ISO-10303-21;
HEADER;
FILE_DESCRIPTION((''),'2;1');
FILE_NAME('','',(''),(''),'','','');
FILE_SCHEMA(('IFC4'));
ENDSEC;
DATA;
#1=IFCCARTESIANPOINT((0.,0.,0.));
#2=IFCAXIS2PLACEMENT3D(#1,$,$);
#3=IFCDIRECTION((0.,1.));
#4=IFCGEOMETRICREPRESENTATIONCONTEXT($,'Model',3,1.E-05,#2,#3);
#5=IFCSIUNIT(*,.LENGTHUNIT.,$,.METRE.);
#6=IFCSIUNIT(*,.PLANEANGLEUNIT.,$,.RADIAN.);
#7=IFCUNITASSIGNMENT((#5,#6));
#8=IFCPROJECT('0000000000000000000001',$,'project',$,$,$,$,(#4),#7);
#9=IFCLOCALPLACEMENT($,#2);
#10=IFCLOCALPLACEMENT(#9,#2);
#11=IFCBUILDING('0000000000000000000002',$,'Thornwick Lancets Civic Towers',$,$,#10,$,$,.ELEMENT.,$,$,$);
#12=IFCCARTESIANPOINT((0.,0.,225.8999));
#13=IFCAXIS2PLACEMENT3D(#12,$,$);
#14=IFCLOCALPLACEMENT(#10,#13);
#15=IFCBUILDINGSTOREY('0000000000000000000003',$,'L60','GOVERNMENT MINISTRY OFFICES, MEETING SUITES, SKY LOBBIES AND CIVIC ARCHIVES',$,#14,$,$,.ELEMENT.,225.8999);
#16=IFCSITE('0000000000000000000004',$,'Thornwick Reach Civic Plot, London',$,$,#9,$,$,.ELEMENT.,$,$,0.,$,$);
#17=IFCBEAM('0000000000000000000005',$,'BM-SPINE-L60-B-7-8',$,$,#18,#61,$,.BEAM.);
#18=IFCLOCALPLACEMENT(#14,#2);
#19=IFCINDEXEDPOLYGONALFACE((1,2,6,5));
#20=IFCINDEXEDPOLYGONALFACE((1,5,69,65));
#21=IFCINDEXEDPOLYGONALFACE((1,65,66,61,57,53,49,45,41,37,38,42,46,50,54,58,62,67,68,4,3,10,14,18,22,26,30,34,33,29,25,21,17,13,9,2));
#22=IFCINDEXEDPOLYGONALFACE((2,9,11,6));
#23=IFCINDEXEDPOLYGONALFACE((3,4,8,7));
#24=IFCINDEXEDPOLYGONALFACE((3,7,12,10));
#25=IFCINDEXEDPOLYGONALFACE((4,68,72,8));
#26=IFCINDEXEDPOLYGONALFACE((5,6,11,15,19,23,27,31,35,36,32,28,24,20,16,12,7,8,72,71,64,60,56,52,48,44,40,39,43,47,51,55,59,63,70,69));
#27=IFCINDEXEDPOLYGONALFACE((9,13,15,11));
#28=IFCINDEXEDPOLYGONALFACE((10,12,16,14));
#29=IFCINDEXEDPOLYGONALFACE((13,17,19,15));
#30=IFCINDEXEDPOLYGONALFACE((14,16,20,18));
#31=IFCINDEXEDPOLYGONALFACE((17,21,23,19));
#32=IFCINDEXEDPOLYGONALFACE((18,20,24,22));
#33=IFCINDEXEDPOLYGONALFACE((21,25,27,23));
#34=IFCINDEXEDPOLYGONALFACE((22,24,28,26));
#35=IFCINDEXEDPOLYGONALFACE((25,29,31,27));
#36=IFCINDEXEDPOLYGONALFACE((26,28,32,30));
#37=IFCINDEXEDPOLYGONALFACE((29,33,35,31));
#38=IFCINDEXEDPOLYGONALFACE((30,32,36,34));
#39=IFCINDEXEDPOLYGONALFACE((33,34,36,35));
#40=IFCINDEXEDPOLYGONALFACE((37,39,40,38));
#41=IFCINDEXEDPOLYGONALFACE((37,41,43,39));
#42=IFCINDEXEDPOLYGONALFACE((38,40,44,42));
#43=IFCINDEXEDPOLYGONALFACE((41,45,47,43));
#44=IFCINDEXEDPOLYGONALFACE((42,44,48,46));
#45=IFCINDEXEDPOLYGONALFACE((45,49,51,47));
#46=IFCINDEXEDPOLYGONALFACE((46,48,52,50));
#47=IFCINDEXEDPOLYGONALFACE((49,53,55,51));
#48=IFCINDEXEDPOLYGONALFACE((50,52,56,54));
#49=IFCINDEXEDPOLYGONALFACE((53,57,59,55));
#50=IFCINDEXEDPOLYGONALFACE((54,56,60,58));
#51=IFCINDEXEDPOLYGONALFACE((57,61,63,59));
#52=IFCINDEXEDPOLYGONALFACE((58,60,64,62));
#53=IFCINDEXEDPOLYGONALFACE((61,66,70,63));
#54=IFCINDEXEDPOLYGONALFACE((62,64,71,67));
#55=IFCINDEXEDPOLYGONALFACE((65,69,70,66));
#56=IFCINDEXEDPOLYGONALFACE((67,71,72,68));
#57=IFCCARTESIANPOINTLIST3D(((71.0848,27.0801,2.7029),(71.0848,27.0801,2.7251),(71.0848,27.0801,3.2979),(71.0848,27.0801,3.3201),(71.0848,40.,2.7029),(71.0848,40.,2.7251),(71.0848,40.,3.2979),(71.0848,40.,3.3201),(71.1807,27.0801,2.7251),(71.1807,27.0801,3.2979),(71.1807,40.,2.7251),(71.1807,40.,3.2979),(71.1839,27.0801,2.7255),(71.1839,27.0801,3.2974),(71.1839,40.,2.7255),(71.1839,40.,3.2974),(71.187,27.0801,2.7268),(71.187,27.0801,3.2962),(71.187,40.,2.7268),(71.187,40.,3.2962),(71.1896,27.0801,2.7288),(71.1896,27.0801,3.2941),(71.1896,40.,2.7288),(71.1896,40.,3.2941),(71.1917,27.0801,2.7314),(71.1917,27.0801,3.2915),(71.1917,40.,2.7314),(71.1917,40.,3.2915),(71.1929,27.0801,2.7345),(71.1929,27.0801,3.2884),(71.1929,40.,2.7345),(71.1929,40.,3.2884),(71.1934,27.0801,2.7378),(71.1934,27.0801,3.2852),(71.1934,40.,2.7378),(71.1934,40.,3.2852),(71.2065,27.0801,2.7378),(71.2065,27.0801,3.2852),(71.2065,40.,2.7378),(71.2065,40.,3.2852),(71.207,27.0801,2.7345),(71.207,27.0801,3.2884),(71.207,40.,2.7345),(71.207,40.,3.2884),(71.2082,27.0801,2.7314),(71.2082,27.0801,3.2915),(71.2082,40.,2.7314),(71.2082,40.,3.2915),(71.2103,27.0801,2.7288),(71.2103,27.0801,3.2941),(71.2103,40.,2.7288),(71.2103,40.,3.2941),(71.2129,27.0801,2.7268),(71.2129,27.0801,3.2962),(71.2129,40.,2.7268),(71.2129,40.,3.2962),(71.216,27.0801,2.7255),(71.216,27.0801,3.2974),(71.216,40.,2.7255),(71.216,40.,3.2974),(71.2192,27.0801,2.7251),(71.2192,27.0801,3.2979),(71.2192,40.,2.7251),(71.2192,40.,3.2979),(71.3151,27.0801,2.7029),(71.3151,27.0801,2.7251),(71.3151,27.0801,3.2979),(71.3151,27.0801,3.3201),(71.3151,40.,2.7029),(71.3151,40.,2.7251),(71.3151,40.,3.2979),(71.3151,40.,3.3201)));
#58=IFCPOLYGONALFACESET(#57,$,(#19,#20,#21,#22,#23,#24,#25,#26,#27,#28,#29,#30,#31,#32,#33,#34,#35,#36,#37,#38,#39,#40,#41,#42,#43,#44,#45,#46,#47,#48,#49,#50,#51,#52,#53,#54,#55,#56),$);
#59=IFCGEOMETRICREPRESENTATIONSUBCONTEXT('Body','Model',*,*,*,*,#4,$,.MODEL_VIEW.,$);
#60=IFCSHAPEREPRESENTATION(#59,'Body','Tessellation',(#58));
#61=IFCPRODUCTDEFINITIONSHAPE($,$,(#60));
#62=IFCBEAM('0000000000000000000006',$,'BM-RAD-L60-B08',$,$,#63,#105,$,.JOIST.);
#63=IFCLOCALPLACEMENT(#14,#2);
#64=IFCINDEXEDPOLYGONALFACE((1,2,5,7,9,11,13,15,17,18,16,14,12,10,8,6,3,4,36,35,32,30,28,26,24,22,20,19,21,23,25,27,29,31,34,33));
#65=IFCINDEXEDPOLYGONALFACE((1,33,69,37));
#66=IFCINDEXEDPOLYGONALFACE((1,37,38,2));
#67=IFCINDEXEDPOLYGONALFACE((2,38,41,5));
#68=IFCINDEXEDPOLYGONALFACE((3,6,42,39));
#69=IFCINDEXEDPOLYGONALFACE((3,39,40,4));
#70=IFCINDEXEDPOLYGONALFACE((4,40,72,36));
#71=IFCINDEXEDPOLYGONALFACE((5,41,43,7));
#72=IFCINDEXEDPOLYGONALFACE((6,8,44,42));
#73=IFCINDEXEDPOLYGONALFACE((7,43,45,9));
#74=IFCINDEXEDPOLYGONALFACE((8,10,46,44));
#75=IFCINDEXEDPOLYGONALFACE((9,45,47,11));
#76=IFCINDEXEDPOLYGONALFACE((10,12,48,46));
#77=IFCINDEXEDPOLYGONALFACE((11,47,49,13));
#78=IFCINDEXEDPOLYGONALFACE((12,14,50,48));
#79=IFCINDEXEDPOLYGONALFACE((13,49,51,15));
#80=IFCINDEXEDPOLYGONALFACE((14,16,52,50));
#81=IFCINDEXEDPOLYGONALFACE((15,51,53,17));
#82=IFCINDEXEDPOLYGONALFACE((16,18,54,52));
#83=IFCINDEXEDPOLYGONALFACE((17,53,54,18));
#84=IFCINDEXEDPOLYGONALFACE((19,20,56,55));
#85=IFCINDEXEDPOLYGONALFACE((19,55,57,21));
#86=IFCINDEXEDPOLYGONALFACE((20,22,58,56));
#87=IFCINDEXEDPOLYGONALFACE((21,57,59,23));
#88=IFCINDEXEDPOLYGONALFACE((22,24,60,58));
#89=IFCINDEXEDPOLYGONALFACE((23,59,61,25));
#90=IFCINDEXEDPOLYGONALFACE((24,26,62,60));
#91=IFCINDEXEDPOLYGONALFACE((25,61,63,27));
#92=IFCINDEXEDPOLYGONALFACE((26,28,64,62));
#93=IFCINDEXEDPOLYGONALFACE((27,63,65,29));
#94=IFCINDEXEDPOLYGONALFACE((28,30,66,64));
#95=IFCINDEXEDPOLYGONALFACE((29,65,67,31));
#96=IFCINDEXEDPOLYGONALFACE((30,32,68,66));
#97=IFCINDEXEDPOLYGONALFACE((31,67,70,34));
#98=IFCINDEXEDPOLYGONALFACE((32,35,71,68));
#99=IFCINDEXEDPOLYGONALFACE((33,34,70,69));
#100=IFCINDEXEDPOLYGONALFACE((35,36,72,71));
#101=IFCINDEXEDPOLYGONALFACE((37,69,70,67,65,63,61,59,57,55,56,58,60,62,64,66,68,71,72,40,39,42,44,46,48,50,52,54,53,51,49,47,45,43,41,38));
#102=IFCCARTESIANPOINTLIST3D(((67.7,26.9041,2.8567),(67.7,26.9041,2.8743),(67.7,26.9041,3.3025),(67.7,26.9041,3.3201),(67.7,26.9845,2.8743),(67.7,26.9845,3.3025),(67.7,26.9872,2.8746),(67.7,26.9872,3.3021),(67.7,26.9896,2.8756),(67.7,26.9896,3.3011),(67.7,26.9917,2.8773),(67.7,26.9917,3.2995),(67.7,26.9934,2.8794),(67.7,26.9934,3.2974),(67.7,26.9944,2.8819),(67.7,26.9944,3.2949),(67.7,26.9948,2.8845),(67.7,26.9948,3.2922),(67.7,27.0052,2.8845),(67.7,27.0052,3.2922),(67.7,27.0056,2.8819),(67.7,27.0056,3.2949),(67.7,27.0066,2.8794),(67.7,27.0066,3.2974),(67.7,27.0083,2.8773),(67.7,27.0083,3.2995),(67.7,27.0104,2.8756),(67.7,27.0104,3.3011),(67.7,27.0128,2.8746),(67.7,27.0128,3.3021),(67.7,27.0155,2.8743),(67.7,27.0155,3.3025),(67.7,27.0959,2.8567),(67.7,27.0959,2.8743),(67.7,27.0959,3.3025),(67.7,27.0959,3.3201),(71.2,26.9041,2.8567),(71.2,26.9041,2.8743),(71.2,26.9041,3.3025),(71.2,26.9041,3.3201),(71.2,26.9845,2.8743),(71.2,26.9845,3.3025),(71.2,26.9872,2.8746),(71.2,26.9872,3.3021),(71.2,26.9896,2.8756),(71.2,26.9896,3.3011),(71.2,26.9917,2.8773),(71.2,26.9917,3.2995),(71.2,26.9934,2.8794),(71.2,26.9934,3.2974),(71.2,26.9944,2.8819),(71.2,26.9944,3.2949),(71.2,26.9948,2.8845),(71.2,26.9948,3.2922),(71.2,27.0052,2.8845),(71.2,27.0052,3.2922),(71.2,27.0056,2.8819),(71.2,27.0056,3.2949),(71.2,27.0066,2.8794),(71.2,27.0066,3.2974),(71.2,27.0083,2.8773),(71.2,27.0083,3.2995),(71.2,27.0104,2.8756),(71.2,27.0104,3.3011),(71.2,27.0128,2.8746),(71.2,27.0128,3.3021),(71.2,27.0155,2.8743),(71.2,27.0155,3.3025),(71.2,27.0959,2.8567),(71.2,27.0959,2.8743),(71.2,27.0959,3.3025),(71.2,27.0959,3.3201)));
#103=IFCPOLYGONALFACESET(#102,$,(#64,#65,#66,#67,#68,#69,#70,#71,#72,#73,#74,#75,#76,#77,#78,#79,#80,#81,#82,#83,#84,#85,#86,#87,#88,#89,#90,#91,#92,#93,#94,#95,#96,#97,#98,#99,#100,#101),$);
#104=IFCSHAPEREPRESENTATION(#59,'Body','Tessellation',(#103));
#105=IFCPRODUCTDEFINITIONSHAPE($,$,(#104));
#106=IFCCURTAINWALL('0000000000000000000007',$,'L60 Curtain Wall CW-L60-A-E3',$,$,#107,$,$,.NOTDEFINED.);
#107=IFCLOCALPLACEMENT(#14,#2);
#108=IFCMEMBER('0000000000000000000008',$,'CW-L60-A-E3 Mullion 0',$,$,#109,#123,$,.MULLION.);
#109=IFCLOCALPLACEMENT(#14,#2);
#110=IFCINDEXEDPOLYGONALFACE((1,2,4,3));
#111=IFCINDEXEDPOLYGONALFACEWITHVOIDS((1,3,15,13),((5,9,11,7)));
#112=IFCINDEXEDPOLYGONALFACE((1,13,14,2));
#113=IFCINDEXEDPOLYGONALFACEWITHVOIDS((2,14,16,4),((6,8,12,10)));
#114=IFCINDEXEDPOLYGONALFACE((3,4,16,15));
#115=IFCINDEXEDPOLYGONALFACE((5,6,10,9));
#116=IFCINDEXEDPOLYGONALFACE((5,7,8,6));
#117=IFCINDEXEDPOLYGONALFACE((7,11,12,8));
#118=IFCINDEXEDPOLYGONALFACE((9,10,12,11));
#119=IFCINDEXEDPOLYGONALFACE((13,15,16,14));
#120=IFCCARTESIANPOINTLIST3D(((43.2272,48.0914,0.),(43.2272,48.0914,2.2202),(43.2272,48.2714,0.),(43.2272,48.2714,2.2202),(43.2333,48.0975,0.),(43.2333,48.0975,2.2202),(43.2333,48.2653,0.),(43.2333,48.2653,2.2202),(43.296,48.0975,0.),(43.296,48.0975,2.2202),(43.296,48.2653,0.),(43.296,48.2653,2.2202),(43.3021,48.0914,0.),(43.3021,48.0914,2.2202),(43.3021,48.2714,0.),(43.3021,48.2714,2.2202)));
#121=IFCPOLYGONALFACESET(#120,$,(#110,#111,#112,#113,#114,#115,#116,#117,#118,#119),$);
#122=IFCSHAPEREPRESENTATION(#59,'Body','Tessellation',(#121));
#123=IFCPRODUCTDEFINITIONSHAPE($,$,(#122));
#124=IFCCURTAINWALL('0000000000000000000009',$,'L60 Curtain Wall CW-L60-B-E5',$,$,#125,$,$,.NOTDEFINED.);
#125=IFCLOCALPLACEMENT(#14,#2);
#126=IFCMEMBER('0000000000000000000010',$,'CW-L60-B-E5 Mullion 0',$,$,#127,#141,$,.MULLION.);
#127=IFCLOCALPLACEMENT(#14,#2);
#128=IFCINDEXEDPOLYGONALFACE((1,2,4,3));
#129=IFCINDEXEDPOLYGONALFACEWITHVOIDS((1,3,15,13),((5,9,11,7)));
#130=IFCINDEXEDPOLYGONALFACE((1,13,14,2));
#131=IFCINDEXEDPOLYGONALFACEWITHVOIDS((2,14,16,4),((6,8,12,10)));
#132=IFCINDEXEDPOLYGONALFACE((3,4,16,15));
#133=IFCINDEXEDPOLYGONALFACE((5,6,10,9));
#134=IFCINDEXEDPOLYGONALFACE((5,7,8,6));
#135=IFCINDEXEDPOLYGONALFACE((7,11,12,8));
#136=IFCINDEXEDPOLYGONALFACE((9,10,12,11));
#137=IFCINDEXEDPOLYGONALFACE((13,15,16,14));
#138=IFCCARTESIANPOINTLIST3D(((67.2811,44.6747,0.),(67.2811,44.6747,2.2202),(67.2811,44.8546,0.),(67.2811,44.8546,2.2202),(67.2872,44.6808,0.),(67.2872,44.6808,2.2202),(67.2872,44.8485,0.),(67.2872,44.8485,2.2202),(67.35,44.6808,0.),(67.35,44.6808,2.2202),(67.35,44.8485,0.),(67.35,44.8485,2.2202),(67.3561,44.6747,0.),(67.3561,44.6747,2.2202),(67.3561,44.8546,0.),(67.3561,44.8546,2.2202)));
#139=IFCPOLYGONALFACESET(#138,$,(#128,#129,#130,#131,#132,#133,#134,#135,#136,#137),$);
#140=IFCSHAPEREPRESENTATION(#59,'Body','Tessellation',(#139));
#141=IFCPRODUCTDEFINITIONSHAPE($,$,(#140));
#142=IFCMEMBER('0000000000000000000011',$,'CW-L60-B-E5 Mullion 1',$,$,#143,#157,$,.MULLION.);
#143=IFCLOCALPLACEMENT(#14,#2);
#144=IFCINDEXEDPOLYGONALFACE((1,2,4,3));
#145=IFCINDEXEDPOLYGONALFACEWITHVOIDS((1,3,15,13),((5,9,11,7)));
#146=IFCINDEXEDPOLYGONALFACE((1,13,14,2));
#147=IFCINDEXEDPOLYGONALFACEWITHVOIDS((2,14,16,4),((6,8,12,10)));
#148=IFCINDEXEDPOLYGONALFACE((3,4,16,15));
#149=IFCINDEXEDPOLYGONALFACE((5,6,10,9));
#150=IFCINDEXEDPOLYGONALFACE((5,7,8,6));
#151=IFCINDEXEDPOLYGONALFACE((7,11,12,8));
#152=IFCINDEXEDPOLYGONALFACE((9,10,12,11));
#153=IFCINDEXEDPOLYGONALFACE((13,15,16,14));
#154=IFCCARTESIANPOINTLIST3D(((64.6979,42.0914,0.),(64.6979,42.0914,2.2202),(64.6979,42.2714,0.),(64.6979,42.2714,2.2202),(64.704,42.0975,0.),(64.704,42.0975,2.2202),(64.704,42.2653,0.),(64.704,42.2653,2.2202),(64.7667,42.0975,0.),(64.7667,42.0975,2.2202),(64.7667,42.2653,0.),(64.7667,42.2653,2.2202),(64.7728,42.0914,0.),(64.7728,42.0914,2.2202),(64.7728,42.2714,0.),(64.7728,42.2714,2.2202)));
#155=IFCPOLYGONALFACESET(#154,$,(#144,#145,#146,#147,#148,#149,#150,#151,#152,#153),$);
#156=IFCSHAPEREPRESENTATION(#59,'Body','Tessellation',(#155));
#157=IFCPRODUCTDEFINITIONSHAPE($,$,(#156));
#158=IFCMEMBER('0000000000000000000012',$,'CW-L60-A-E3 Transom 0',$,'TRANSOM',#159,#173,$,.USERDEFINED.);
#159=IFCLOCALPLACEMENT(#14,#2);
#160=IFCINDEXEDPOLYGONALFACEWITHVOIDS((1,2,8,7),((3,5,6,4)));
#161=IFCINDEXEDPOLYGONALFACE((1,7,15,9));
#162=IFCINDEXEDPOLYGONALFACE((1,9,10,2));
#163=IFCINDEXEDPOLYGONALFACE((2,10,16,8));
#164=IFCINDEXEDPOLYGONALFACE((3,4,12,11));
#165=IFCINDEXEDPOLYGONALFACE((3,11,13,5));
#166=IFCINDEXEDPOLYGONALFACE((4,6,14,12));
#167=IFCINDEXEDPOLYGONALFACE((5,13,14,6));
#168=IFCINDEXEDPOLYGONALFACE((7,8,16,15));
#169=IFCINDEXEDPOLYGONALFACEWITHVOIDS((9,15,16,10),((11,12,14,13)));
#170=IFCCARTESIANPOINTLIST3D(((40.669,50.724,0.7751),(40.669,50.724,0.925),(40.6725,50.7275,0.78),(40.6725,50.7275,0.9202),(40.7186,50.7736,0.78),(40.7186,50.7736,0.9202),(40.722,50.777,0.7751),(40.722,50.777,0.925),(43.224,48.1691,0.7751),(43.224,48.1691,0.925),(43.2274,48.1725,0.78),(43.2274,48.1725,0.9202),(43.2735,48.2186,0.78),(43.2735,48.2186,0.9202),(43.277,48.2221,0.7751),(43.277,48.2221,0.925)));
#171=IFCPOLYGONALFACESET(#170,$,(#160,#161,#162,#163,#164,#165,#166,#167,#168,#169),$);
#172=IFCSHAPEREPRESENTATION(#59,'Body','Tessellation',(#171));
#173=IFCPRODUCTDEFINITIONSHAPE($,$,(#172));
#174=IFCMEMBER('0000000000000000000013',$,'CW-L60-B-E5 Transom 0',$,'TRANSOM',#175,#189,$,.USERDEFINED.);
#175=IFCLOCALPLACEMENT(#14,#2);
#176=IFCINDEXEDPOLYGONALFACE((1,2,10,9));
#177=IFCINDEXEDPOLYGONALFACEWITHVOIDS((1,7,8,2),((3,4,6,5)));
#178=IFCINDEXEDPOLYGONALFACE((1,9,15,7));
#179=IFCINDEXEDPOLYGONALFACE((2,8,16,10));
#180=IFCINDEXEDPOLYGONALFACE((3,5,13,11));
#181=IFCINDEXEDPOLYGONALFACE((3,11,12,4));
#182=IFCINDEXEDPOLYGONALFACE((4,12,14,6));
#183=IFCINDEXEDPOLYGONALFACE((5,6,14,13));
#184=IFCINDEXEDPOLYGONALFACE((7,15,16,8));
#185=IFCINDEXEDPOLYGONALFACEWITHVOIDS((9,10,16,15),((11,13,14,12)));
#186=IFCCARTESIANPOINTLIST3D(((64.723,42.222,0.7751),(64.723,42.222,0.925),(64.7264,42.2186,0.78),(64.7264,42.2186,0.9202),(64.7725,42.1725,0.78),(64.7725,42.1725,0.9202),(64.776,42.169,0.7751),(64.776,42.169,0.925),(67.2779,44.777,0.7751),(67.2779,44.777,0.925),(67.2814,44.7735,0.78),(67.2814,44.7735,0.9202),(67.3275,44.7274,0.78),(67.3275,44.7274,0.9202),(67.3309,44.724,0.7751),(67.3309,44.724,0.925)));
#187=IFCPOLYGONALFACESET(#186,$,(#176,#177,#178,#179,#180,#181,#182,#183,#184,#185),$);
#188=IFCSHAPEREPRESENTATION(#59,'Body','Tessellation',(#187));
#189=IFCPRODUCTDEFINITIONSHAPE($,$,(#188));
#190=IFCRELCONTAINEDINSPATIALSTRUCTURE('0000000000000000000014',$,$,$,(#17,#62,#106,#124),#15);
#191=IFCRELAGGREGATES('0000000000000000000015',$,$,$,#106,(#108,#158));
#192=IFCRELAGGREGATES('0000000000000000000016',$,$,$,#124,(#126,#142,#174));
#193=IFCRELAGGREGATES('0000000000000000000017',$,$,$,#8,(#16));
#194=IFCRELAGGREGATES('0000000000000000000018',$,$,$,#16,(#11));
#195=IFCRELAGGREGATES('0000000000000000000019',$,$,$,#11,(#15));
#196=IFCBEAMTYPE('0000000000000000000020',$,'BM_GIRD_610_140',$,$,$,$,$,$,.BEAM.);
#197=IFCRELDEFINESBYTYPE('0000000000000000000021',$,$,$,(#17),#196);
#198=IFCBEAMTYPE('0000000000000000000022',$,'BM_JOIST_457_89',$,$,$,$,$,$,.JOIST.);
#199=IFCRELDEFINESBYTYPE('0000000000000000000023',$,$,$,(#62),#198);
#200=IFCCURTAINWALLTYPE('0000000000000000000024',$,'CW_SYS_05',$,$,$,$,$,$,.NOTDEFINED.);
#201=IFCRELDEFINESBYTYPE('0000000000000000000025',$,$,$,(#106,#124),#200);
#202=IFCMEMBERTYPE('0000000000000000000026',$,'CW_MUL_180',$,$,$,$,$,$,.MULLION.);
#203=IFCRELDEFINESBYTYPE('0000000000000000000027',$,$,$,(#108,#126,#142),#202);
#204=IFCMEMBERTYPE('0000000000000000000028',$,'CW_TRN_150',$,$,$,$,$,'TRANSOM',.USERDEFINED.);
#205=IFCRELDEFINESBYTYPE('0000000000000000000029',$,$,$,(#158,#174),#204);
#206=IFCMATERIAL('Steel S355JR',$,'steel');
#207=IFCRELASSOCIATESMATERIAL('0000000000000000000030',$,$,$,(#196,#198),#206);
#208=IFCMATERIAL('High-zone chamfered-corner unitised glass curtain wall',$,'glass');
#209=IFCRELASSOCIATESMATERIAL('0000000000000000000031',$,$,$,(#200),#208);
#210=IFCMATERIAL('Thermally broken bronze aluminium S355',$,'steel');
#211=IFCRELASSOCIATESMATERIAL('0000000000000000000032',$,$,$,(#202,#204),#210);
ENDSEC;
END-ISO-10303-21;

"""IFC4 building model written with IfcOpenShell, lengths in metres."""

from ifc_helpers import new_model, si_unit, direction, frame, origin, origin_2d, place, context, subcontext, project, spatial, hollow_rectangle, i_section, extrude, material, material_profile, profile_set, type_object, element, aggregate, save


model = new_model("IFC4")

# Units and contexts
model_context = context("Model", 3, precision=1e-05, world=origin(), true_north=direction((0.0, 1.0)))
body_context = subcontext(model_context, "Body", "Model", "MODEL_VIEW")
ifc_project = project(units=[si_unit("LENGTHUNIT", "METRE"), si_unit("PLANEANGLEUNIT", "RADIAN")], contexts=[model_context])

# Site, building, storey
site_placement = place(None, origin())
site = spatial("IfcSite", under=ifc_project, at=site_placement, Name="Thornwick Reach Civic Plot, London", CompositionType="ELEMENT", RefElevation=0.0)
building_placement = place(site_placement, origin())
building = spatial("IfcBuilding", under=site, at=building_placement, Name="Thornwick Lancets Civic Towers", CompositionType="ELEMENT")
storey_placement = place(building_placement, frame((0.0, 0.0, 225.8999)))
storey = spatial("IfcBuildingStorey", under=building, at=storey_placement, Name="L60", Description="GOVERNMENT MINISTRY OFFICES, MEETING SUITES, SKY LOBBIES AND CIVIC ARCHIVES", CompositionType="ELEMENT", Elevation=225.8999)

# Shared definitions
ifc_material_1 = material(Name="Steel S355JR", Category="steel")

# Beams
ifc_material_profile_1 = material_profile(ifc_material_1, i_section(OverallWidth=0.2302, OverallDepth=0.6172, WebThickness=0.0132, FlangeThickness=0.0222, FilletRadius=0.0127, at=origin_2d()), Name="UKB 610x229x140")
ifc_profile_set_1 = profile_set([ifc_material_profile_1], Name="Steel S355JR")
beam_type_1 = type_object("IfcBeamType", Name="BM_GIRD_610_140", PredefinedType="BEAM", material=ifc_profile_set_1)
beam_1_placement = place(storey_placement, frame((71.2, 27.0801, 3.0115), z_axis=(0.0, 1.0, 0.0), x_axis=(-1.0, 0.0, 0.0)))
element("IfcBeam", 1, at=beam_1_placement, inside=storey, type_object=beam_type_1, Name="BM-SPINE-L60-B-7-8", PredefinedType="BEAM", context=body_context, shape_type="SweptSolid", body=[
    extrude(i_section(OverallWidth=0.2302, OverallDepth=0.6172, WebThickness=0.0132, FlangeThickness=0.0222, FilletRadius=0.0127, at=origin_2d()), origin(), (0.0, 0.0, 1.0), 12.9199),
])
ifc_material_profile_2 = material_profile(ifc_material_1, i_section(OverallWidth=0.1919, OverallDepth=0.4634, WebThickness=0.0105, FlangeThickness=0.0176, FilletRadius=0.0103, at=origin_2d()), Name="UKB 457x191x89")
ifc_profile_set_2 = profile_set([ifc_material_profile_2], Name="Steel S355JR")
beam_type_2 = type_object("IfcBeamType", Name="BM_JOIST_457_89", PredefinedType="JOIST", material=ifc_profile_set_2)
beam_2_placement = place(storey_placement, frame((71.2, 27.0, 3.0884), z_axis=(-1.0, 0.0, 0.0), x_axis=(0.0, -1.0, 0.0)))
element("IfcBeam", 2, at=beam_2_placement, inside=storey, type_object=beam_type_2, Name="BM-RAD-L60-B08", PredefinedType="JOIST", context=body_context, shape_type="SweptSolid", body=[
    extrude(i_section(OverallWidth=0.1919, OverallDepth=0.4634, WebThickness=0.0105, FlangeThickness=0.0176, FilletRadius=0.0103, at=origin_2d()), origin(), (0.0, 0.0, 1.0), 3.5),
])

# Curtain wall, member
ifc_material_2 = material(Name="High-zone chamfered-corner unitised glass curtain wall", Category="glass")
curtain_wall_type = type_object("IfcCurtainWallType", Name="CW_SYS_05", PredefinedType="NOTDEFINED", material=ifc_material_2)
curtain_wall_1_placement = place(storey_placement, origin())
curtain_wall_1 = element("IfcCurtainWall", 3, at=curtain_wall_1_placement, inside=storey, type_object=curtain_wall_type, Name="L60 Curtain Wall CW-L60-A-E3", PredefinedType="NOTDEFINED")
ifc_material_3 = material(Name="Thermally broken bronze aluminium S355", Category="steel")
ifc_material_profile_3 = material_profile(ifc_material_3, hollow_rectangle(XDim=0.075, YDim=0.1799, WallThickness=0.0061, at=origin_2d()), Name="RHS 180x75x6")
ifc_profile_set_3 = profile_set([ifc_material_profile_3], Name="Thermally broken bronze aluminium S355")
member_type_1 = type_object("IfcMemberType", Name="CW_MUL_180", PredefinedType="MULLION", material=ifc_profile_set_3)
member_1_placement = place(storey_placement, frame((43.2646, 48.1814, 0.0), z_axis=(0.0, 0.0, 1.0), x_axis=(1.0, 0.0, 0.0)))
member_1 = element("IfcMember", 4, at=member_1_placement, type_object=member_type_1, Name="CW-L60-A-E3 Mullion 0", PredefinedType="MULLION", context=body_context, shape_type="SweptSolid", body=[
    extrude(hollow_rectangle(XDim=0.075, YDim=0.1799, WallThickness=0.0061, at=origin_2d()), origin(), (0.0, 0.0, 1.0), 2.2202),
])

# Curtain wall, members
curtain_wall_2_placement = place(storey_placement, origin())
curtain_wall_2 = element("IfcCurtainWall", 5, at=curtain_wall_2_placement, inside=storey, type_object=curtain_wall_type, Name="L60 Curtain Wall CW-L60-B-E5", PredefinedType="NOTDEFINED")
member_2_placement = place(storey_placement, frame((67.3186, 44.7646, 0.0), z_axis=(0.0, 0.0, 1.0), x_axis=(1.0, 0.0, 0.0)))
member_2 = element("IfcMember", 6, at=member_2_placement, type_object=member_type_1, Name="CW-L60-B-E5 Mullion 0", PredefinedType="MULLION", context=body_context, shape_type="SweptSolid", body=[
    extrude(hollow_rectangle(XDim=0.075, YDim=0.1799, WallThickness=0.0061, at=origin_2d()), origin(), (0.0, 0.0, 1.0), 2.2202),
])
member_3_placement = place(storey_placement, frame((64.7354, 42.1814, 0.0), z_axis=(0.0, 0.0, 1.0), x_axis=(1.0, 0.0, 0.0)))
member_3 = element("IfcMember", 7, at=member_3_placement, type_object=member_type_1, Name="CW-L60-B-E5 Mullion 1", PredefinedType="MULLION", context=body_context, shape_type="SweptSolid", body=[
    extrude(hollow_rectangle(XDim=0.075, YDim=0.1799, WallThickness=0.0061, at=origin_2d()), origin(), (0.0, 0.0, 1.0), 2.2202),
])

# Members
ifc_material_profile_4 = material_profile(ifc_material_3, hollow_rectangle(XDim=0.075, YDim=0.1499, WallThickness=0.0049, at=origin_2d()), Name="RHS 150x75x5")
ifc_profile_set_4 = profile_set([ifc_material_profile_4], Name="Thermally broken bronze aluminium S355")
member_type_2 = type_object("IfcMemberType", Name="CW_TRN_150", ElementType="TRANSOM", PredefinedType="USERDEFINED", material=ifc_profile_set_4)
member_4_placement = place(storey_placement, frame((43.2505, 48.1956, 0.8501), z_axis=(-0.707107, 0.707107, 0.0), x_axis=(-0.707107, -0.707107, 0.0)))
member_4 = element("IfcMember", 8, at=member_4_placement, type_object=member_type_2, Name="CW-L60-A-E3 Transom 0", ObjectType="TRANSOM", PredefinedType="USERDEFINED", context=body_context, shape_type="SweptSolid", body=[
    extrude(hollow_rectangle(XDim=0.075, YDim=0.1499, WallThickness=0.0049, at=origin_2d()), origin(), (0.0, 0.0, 1.0), 3.6133),
])
aggregate(curtain_wall_1, [member_1, member_4])
member_5_placement = place(storey_placement, frame((67.3044, 44.7505, 0.8501), z_axis=(-0.707107, -0.707107, 0.0), x_axis=(0.707107, -0.707107, 0.0)))
member_5 = element("IfcMember", 9, at=member_5_placement, type_object=member_type_2, Name="CW-L60-B-E5 Transom 0", ObjectType="TRANSOM", PredefinedType="USERDEFINED", context=body_context, shape_type="SweptSolid", body=[
    extrude(hollow_rectangle(XDim=0.075, YDim=0.1499, WallThickness=0.0049, at=origin_2d()), origin(), (0.0, 0.0, 1.0), 3.6133),
])

aggregate(curtain_wall_2, [member_2, member_3, member_5])

save(model, "model.ifc")
